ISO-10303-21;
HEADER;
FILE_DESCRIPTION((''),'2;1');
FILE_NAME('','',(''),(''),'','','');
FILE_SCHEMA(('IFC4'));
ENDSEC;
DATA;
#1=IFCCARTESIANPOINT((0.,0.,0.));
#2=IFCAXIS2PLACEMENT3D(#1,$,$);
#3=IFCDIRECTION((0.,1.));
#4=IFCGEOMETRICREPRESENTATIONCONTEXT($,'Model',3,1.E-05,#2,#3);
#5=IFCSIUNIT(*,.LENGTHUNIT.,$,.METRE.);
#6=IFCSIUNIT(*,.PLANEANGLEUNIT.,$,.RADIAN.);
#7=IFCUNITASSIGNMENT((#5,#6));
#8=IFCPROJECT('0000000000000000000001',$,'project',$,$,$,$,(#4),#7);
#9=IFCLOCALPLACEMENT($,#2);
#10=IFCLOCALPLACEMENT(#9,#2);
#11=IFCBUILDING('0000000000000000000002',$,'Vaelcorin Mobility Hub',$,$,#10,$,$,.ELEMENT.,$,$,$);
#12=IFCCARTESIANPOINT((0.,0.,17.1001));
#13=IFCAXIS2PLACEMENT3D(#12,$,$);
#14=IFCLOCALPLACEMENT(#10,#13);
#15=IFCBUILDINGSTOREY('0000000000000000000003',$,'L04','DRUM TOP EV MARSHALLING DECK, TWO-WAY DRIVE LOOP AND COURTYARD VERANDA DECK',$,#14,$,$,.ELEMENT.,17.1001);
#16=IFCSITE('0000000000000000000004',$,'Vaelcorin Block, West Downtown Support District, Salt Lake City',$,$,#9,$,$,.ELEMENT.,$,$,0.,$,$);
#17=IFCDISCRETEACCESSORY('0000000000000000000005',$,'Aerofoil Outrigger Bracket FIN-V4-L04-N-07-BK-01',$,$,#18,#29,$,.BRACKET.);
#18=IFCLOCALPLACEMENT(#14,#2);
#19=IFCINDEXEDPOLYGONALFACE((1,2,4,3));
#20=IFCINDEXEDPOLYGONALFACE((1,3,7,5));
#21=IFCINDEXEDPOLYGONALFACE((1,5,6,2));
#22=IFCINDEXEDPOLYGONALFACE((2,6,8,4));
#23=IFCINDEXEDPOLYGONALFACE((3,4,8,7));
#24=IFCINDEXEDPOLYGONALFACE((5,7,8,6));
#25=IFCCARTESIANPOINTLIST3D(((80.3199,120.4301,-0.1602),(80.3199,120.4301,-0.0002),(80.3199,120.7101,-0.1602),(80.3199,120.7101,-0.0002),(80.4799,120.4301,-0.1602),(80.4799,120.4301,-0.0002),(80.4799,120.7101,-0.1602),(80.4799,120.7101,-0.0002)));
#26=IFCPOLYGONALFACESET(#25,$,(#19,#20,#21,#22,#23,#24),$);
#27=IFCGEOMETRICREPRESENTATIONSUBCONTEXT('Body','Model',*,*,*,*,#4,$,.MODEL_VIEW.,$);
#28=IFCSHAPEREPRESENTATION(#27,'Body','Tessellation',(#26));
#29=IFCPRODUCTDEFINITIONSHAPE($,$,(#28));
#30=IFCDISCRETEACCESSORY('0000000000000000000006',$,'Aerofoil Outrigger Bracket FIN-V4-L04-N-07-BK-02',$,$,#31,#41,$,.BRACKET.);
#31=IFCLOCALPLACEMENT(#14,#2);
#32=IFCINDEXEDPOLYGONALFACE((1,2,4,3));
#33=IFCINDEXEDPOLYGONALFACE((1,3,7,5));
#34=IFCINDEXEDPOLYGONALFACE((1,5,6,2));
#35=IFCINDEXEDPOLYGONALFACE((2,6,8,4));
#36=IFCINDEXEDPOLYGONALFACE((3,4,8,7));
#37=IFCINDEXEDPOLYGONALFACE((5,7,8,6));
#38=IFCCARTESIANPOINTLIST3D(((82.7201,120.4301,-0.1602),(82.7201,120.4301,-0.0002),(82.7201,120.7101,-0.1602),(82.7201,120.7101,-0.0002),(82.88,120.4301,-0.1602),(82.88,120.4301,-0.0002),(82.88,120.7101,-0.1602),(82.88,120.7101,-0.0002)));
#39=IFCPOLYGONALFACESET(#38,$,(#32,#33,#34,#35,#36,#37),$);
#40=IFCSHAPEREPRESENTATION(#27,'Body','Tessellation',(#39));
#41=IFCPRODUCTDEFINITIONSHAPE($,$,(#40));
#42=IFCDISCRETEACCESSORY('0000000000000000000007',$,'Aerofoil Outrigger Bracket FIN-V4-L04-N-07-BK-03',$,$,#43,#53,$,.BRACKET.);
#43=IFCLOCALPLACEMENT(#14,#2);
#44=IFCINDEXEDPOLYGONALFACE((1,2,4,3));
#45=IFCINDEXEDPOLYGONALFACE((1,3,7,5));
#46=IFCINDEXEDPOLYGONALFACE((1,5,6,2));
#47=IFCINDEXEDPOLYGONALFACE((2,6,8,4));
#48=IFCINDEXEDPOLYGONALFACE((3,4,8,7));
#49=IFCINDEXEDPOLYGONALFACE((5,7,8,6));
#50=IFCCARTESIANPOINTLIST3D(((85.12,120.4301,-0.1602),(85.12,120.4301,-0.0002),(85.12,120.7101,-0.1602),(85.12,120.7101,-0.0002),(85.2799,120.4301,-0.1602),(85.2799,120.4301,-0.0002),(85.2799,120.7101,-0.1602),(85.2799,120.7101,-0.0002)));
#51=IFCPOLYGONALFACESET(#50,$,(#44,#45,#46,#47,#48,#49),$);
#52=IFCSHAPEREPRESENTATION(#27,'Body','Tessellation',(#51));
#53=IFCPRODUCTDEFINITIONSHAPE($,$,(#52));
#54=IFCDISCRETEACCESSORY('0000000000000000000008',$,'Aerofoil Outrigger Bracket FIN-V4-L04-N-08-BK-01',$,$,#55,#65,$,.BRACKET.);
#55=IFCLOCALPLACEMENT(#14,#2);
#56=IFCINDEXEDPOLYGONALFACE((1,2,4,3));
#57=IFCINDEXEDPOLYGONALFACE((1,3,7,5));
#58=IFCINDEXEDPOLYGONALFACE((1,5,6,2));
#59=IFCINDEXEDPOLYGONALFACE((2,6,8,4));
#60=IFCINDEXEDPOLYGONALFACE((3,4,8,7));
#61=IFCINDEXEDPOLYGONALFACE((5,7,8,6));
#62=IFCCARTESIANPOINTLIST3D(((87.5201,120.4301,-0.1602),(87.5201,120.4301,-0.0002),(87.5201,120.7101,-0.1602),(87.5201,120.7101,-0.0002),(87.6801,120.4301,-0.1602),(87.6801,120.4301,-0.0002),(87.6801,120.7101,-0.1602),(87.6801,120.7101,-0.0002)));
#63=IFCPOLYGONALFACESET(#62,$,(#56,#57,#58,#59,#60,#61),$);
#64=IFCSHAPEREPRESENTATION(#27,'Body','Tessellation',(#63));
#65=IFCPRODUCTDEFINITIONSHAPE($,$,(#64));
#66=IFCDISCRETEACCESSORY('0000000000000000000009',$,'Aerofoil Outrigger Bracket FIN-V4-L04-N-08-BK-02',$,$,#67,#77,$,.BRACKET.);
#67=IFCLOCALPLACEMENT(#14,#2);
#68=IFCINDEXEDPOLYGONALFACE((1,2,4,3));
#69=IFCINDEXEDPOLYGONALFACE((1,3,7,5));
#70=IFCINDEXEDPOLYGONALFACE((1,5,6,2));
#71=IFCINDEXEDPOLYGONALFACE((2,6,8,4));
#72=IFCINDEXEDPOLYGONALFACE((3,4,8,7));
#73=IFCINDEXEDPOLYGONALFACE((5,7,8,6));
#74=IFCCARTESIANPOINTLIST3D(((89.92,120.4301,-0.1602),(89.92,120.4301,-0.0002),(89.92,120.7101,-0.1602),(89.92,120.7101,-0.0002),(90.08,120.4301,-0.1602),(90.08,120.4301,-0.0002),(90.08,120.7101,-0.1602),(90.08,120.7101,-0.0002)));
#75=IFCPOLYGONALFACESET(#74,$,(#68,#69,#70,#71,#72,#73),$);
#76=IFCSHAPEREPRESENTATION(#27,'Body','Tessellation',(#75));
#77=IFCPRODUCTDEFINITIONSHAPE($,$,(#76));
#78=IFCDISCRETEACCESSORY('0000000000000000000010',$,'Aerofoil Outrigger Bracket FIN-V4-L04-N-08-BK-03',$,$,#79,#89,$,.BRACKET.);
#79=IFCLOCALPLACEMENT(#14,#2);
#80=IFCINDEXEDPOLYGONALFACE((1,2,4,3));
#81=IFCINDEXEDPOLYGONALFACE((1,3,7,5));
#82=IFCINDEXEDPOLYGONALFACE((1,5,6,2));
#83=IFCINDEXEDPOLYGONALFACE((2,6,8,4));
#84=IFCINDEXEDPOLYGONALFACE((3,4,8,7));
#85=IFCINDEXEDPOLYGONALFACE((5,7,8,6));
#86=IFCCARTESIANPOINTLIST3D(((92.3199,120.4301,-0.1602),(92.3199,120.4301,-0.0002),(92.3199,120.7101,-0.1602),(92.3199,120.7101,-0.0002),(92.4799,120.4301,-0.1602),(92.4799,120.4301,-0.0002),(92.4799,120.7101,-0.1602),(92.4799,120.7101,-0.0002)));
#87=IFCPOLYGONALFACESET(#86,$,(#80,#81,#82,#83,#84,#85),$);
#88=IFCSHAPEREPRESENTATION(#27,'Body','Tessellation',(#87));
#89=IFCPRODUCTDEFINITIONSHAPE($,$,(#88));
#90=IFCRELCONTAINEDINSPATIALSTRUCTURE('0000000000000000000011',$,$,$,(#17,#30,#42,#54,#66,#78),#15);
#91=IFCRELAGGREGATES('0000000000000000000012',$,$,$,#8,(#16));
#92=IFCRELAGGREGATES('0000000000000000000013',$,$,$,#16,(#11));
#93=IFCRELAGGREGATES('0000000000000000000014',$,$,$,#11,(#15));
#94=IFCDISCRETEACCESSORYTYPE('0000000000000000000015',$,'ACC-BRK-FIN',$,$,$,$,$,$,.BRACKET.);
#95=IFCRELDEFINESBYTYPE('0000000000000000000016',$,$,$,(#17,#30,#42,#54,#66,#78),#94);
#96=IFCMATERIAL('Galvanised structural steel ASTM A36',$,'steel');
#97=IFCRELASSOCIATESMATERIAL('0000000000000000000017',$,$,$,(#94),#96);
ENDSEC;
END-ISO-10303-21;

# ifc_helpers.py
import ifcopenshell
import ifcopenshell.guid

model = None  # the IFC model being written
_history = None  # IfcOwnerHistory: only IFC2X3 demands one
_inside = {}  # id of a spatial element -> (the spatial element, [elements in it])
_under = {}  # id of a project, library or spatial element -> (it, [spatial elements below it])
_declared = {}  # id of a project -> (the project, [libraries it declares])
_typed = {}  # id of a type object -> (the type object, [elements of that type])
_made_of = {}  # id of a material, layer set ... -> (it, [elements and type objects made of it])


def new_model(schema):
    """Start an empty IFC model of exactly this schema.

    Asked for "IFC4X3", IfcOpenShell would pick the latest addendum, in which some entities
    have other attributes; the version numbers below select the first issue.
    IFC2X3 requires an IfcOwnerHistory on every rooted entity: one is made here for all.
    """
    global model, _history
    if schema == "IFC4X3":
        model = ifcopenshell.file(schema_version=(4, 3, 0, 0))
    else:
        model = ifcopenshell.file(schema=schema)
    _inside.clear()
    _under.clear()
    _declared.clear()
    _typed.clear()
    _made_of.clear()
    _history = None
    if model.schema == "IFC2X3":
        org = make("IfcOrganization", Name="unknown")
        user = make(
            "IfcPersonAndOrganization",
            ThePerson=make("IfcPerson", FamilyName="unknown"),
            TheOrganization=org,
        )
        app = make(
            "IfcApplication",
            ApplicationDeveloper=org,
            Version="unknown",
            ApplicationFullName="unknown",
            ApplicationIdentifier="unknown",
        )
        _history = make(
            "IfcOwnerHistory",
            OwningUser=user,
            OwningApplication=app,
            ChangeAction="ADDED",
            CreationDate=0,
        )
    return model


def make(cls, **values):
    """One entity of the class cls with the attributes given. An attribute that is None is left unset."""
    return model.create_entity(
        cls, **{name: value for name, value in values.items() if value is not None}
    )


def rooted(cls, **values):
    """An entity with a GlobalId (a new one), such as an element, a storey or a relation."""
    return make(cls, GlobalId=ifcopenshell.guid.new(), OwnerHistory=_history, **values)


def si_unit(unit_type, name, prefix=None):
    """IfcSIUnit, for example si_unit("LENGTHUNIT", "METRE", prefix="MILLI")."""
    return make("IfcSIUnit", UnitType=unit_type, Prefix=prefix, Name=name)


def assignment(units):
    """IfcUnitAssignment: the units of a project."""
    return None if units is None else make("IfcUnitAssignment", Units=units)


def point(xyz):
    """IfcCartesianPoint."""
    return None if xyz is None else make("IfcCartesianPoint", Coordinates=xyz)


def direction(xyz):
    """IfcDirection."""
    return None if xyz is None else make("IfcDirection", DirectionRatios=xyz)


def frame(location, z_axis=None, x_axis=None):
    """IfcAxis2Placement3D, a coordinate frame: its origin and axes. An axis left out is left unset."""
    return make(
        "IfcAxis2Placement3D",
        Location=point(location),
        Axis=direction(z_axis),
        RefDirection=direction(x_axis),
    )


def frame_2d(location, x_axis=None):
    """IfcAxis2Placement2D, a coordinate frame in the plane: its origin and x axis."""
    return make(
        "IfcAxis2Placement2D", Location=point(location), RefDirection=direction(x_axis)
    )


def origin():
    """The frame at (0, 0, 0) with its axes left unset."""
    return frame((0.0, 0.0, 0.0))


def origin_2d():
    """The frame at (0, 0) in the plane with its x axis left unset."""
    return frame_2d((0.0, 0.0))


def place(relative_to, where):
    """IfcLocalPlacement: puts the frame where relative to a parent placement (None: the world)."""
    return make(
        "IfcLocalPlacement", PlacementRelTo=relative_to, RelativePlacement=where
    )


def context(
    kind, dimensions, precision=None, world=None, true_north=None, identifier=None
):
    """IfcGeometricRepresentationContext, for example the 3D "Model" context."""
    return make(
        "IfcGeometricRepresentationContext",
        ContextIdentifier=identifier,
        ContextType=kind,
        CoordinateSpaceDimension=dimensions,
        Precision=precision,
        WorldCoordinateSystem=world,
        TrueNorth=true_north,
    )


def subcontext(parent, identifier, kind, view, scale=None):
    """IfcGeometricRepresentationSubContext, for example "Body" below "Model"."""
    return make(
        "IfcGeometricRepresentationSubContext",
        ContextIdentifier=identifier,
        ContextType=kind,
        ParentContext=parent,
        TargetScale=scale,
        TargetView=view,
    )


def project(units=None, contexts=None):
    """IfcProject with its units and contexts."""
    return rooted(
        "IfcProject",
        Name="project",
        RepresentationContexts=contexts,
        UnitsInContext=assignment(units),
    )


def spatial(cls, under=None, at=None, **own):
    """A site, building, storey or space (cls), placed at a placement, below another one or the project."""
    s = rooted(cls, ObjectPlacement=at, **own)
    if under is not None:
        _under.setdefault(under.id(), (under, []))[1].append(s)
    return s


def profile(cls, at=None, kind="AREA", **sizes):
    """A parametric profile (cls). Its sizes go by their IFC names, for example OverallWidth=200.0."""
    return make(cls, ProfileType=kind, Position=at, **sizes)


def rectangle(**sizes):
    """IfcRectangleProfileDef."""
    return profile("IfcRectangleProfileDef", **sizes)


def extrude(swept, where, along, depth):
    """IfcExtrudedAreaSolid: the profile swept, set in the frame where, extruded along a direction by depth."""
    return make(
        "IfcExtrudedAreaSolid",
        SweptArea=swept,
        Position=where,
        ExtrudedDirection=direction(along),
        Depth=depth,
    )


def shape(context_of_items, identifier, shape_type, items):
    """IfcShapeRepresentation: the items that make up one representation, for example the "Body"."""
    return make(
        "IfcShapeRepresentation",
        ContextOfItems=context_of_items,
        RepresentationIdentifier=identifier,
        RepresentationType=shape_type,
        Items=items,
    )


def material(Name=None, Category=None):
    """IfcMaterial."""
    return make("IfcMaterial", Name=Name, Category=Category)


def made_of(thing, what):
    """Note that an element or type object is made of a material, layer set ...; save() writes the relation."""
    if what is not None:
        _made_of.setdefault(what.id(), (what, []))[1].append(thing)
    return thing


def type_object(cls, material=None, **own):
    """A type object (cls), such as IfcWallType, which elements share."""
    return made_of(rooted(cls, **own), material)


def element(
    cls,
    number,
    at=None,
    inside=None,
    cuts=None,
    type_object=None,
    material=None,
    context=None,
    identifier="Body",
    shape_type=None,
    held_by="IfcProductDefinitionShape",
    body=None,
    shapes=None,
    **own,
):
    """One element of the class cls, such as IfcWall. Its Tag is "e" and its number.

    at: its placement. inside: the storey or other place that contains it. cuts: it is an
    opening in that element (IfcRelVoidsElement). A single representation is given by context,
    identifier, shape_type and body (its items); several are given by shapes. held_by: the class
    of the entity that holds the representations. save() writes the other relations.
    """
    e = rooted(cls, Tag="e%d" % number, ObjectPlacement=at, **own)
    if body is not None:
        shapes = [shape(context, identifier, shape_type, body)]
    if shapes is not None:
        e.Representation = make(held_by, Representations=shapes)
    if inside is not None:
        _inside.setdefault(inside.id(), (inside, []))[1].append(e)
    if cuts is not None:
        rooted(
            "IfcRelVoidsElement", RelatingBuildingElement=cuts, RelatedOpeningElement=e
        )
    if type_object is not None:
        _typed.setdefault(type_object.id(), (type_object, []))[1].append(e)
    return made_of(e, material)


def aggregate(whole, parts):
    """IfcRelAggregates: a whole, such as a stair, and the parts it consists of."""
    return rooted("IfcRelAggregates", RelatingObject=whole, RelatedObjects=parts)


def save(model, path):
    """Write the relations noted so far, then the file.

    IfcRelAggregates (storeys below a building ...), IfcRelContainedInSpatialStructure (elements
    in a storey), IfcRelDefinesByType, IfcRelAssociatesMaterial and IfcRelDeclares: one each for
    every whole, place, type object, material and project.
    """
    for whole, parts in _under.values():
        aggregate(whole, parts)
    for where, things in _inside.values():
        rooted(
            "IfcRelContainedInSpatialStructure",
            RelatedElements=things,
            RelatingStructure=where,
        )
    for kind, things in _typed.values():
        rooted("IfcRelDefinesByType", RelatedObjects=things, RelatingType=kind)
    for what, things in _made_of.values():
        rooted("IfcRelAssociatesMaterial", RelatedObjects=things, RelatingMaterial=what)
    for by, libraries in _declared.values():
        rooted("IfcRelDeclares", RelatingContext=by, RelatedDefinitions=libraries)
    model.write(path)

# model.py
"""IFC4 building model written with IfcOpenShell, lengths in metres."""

from ifc_helpers import new_model, si_unit, direction, frame, origin, origin_2d, place, context, subcontext, project, spatial, rectangle, extrude, material, type_object, element, save


model = new_model("IFC4")

# Units and contexts
model_context = context("Model", 3, precision=1e-05, world=origin(), true_north=direction((0.0, 1.0)))
body_context = subcontext(model_context, "Body", "Model", "MODEL_VIEW")
ifc_project = project(units=[si_unit("LENGTHUNIT", "METRE"), si_unit("PLANEANGLEUNIT", "RADIAN")], contexts=[model_context])

# Site, building, storey
site_placement = place(None, origin())
site = spatial("IfcSite", under=ifc_project, at=site_placement, Name="Vaelcorin Block, West Downtown Support District, Salt Lake City", CompositionType="ELEMENT", RefElevation=0.0)
building_placement = place(site_placement, origin())
building = spatial("IfcBuilding", under=site, at=building_placement, Name="Vaelcorin Mobility Hub", CompositionType="ELEMENT")
storey_placement = place(building_placement, frame((0.0, 0.0, 17.1001)))
storey = spatial("IfcBuildingStorey", under=building, at=storey_placement, Name="L04", Description="DRUM TOP EV MARSHALLING DECK, TWO-WAY DRIVE LOOP AND COURTYARD VERANDA DECK", CompositionType="ELEMENT", Elevation=17.1001)

# Shared definitions
ifc_material_1 = material(Name="Galvanised structural steel ASTM A36", Category="steel")

# Discrete accessories
discrete_accessory_type = type_object("IfcDiscreteAccessoryType", Name="ACC-BRK-FIN", PredefinedType="BRACKET", material=ifc_material_1)
for number, where, z_axis, x_axis, name in (
    (1, (80.3999, 120.5701, -0.1602), (0.0, 0.0, 1.0), (0.0, 1.0, 0.0), "Aerofoil Outrigger Bracket FIN-V4-L04-N-07-BK-01"),
    (2, (82.8, 120.5701, -0.1602), (0.0, 0.0, 1.0), (0.0, 1.0, 0.0), "Aerofoil Outrigger Bracket FIN-V4-L04-N-07-BK-02"),
    (3, (85.2, 120.5701, -0.1602), (0.0, 0.0, 1.0), (0.0, 1.0, 0.0), "Aerofoil Outrigger Bracket FIN-V4-L04-N-07-BK-03"),
    (4, (87.6001, 120.5701, -0.1602), (0.0, 0.0, 1.0), (0.0, 1.0, 0.0), "Aerofoil Outrigger Bracket FIN-V4-L04-N-08-BK-01"),
    (5, (90.0, 120.5701, -0.1602), (0.0, 0.0, 1.0), (0.0, 1.0, 0.0), "Aerofoil Outrigger Bracket FIN-V4-L04-N-08-BK-02"),
    (6, (92.3999, 120.5701, -0.1602), (0.0, 0.0, 1.0), (0.0, 1.0, 0.0), "Aerofoil Outrigger Bracket FIN-V4-L04-N-08-BK-03"),
):
    element("IfcDiscreteAccessory", number, at=place(storey_placement, frame(where, z_axis=z_axis, x_axis=x_axis)), inside=storey, type_object=discrete_accessory_type, Name=name, PredefinedType="BRACKET", context=body_context, shape_type="SweptSolid", body=[
        extrude(rectangle(XDim=0.28, YDim=0.1599, at=origin_2d()), origin(), (0.0, 0.0, 1.0), 0.1599),
    ])

save(model, "model.ifc")
